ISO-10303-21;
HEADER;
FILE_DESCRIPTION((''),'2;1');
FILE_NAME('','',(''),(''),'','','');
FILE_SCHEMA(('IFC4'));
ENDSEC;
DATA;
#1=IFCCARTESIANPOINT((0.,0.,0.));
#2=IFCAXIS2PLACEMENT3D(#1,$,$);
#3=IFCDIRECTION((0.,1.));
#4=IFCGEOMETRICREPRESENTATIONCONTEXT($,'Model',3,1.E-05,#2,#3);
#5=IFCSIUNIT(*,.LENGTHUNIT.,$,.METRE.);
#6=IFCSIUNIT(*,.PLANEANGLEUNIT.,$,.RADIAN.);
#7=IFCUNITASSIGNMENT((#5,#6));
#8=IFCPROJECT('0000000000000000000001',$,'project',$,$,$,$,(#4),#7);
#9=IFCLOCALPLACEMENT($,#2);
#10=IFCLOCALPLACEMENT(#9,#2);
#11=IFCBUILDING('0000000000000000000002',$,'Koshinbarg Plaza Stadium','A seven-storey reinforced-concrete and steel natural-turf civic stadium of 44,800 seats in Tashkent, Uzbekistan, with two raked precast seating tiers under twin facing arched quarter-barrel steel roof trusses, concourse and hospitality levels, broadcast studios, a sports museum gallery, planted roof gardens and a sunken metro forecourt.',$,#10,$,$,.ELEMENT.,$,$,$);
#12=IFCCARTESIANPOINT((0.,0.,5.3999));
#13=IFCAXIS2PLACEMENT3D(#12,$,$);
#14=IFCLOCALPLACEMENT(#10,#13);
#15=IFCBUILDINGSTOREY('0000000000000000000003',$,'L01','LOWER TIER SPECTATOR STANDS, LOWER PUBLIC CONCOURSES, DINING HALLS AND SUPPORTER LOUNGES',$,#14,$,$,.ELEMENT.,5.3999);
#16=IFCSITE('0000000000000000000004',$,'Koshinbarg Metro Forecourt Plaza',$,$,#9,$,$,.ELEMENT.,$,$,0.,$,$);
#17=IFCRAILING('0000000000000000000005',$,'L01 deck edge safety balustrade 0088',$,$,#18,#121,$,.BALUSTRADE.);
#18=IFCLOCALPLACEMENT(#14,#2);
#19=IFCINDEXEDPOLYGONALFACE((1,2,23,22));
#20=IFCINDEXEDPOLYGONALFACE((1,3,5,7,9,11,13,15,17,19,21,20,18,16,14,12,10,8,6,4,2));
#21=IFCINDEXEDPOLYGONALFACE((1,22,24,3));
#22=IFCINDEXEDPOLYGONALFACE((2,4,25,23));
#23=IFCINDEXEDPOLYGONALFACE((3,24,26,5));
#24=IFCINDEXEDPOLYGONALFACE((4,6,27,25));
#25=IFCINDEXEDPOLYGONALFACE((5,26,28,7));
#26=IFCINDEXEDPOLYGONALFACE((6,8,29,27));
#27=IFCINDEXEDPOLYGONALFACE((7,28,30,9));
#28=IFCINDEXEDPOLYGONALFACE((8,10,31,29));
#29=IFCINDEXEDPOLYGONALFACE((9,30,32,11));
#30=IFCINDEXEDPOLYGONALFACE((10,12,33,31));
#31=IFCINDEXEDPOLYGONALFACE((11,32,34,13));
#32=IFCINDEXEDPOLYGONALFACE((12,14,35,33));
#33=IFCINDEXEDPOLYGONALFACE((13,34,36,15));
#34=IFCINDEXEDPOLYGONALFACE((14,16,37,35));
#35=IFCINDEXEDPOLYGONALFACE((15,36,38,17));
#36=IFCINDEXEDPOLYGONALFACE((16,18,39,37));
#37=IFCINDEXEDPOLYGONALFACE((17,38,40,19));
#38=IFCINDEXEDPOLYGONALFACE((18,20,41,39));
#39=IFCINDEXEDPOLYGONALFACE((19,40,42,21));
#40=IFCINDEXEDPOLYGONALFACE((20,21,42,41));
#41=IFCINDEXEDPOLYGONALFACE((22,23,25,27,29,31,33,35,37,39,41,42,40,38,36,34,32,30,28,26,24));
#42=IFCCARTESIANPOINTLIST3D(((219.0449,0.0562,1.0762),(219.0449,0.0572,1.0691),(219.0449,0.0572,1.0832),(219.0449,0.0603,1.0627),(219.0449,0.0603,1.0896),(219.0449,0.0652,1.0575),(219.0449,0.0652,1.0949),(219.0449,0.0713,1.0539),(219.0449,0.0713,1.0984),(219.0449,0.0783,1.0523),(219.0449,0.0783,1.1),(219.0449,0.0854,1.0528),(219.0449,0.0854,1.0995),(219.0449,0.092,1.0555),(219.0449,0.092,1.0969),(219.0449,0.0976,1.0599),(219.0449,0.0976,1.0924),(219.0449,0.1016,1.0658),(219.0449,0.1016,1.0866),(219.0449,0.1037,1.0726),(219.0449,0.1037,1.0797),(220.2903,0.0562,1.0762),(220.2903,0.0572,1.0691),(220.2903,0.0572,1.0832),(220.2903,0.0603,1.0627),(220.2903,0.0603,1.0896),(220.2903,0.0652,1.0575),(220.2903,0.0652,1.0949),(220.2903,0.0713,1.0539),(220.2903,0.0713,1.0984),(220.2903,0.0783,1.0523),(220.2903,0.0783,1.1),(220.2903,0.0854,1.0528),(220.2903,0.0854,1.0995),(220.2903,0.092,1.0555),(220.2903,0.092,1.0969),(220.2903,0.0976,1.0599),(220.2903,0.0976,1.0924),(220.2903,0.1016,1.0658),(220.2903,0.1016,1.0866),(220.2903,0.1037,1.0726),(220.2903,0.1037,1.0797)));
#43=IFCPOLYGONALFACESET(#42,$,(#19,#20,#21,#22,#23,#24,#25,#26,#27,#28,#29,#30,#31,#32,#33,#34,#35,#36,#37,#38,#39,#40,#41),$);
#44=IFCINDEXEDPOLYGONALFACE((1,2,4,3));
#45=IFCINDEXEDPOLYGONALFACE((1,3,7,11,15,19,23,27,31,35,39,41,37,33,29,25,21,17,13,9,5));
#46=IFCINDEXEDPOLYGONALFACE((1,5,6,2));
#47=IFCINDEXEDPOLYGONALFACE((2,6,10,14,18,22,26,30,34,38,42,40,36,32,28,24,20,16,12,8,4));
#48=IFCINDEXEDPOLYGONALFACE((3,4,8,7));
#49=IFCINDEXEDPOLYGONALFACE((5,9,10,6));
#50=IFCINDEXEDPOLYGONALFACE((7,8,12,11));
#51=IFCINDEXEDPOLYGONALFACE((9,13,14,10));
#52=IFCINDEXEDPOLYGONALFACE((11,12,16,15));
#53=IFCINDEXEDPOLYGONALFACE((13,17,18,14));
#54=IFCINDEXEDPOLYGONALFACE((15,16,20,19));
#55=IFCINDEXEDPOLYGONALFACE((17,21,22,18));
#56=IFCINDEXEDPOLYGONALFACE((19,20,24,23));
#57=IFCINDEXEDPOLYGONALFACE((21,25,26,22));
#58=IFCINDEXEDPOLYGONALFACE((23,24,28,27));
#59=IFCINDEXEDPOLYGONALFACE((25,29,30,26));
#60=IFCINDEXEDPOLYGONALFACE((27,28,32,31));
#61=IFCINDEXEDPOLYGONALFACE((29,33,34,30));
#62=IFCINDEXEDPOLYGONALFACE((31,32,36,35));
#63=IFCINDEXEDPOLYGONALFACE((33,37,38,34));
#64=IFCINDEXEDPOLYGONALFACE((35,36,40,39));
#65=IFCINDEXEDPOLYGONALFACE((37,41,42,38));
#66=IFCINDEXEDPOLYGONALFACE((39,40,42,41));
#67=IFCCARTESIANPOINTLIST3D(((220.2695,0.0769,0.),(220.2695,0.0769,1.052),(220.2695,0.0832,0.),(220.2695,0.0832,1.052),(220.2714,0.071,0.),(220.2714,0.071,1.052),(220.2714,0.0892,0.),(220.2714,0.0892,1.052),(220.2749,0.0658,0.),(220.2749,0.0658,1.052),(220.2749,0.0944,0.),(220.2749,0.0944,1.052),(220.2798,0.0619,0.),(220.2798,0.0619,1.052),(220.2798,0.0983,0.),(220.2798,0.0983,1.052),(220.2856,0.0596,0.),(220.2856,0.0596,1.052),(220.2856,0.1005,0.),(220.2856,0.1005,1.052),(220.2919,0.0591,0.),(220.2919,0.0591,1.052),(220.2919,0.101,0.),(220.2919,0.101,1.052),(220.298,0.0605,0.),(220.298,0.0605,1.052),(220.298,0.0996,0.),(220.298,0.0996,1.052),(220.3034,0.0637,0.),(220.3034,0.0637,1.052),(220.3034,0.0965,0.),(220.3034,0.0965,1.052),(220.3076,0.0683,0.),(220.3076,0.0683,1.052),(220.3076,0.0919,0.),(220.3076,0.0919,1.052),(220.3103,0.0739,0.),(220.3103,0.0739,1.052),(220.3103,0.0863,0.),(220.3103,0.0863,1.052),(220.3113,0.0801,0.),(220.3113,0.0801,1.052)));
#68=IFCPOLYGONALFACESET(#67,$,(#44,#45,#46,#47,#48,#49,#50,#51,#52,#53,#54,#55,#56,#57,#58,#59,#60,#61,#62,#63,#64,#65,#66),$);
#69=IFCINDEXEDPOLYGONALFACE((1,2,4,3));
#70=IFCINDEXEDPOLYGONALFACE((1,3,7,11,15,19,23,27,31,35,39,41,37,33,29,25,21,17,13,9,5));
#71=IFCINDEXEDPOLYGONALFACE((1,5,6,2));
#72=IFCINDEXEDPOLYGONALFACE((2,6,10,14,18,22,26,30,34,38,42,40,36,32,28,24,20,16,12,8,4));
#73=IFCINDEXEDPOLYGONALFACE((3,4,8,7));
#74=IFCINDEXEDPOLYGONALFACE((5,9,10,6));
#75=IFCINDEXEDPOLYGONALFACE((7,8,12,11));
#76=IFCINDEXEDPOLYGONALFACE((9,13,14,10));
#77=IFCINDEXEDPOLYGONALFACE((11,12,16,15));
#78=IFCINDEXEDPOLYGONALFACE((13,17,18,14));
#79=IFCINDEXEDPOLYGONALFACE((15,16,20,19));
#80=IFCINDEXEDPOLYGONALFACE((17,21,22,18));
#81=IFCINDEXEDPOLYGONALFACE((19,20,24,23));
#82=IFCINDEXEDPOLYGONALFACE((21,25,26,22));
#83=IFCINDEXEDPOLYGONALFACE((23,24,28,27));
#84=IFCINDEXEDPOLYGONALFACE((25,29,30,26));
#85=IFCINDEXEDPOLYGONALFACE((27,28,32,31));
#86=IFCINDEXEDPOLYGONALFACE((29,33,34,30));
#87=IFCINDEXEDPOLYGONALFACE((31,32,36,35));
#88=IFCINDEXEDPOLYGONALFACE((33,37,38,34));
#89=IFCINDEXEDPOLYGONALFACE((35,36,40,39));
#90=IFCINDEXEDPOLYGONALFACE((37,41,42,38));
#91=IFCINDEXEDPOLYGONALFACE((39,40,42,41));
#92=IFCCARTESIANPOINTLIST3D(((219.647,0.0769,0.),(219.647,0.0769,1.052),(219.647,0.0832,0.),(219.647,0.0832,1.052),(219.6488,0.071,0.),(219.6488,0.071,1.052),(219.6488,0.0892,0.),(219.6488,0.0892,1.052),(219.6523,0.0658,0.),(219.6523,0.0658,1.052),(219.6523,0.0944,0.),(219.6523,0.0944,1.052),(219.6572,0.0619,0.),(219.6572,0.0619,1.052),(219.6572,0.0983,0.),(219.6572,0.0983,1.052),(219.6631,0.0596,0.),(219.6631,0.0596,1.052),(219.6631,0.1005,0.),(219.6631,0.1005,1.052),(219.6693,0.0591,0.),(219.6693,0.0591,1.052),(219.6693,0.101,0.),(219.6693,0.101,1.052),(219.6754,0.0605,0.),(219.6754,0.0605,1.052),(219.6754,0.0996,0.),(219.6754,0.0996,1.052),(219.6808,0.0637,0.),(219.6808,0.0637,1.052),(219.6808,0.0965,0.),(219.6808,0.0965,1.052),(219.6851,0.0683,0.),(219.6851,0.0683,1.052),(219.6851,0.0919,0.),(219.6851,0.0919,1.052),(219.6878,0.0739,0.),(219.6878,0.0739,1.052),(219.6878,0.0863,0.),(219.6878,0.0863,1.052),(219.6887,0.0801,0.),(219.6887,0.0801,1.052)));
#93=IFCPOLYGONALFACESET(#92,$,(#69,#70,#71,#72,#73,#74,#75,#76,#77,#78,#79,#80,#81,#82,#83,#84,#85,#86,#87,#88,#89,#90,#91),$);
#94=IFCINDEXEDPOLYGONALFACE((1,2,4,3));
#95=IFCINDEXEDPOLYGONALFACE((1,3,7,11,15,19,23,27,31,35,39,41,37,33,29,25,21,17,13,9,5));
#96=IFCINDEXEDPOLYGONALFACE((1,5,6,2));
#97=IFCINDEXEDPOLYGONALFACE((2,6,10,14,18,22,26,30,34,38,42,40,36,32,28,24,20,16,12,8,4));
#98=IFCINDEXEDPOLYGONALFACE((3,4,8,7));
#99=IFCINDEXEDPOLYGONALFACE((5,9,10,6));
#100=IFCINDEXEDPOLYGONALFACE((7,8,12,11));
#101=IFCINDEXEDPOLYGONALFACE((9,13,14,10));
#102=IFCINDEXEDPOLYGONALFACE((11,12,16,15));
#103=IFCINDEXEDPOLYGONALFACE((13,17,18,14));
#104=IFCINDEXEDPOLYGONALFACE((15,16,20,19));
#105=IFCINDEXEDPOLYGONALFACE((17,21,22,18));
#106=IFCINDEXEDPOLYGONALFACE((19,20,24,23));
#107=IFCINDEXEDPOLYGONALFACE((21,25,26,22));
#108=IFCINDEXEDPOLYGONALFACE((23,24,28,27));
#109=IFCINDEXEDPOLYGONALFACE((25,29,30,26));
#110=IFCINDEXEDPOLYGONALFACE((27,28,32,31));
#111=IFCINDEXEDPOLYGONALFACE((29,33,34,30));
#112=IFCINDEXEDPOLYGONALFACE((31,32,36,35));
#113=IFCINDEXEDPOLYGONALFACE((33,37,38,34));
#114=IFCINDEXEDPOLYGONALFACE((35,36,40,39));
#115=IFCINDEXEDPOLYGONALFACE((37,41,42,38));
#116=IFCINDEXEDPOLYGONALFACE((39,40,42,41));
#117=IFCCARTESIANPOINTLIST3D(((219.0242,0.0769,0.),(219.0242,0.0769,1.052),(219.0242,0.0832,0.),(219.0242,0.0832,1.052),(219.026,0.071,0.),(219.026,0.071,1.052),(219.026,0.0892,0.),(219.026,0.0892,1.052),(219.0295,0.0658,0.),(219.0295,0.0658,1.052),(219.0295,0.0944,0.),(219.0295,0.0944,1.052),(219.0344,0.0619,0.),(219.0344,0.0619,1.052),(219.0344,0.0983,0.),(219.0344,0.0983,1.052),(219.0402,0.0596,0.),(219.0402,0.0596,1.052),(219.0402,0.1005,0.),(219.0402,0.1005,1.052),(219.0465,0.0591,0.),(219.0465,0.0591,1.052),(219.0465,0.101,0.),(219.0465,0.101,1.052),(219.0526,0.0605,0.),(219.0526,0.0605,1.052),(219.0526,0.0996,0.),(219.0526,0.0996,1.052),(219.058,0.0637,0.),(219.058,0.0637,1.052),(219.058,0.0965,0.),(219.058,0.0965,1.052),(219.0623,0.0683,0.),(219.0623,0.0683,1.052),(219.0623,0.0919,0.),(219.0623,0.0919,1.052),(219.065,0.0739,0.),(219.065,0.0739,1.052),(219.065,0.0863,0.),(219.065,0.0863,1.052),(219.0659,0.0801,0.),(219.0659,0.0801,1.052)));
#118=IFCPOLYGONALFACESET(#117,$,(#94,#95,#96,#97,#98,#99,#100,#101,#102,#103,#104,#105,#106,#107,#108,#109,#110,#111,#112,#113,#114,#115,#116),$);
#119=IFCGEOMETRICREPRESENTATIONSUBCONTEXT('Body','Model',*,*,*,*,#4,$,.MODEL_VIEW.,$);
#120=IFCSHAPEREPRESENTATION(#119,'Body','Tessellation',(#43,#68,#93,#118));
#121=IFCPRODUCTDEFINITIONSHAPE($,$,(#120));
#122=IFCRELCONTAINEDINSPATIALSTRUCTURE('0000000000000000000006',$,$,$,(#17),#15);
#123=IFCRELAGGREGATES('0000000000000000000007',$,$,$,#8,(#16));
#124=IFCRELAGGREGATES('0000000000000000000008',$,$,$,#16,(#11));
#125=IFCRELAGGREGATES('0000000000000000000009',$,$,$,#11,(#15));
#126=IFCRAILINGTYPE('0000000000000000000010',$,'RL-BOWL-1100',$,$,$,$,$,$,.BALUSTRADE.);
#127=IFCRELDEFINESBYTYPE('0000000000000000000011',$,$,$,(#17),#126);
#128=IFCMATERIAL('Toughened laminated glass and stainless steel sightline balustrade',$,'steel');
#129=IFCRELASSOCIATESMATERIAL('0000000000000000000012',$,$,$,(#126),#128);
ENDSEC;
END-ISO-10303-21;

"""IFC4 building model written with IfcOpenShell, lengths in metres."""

from ifc_helpers import new_model, si_unit, direction, frame, origin, origin_2d, place, context, subcontext, project, spatial, circle, extrude, material, type_object, element, save


model = new_model("IFC4")

# Units and contexts
model_context = context("Model", 3, precision=1e-05, world=origin(), true_north=direction((0.0, 1.0)))
body_context = subcontext(model_context, "Body", "Model", "MODEL_VIEW")
ifc_project = project(units=[si_unit("LENGTHUNIT", "METRE"), si_unit("PLANEANGLEUNIT", "RADIAN")], contexts=[model_context])

# Site, building, storey
site_placement = place(None, origin())
site = spatial("IfcSite", under=ifc_project, at=site_placement, Name="Koshinbarg Metro Forecourt Plaza", CompositionType="ELEMENT", RefElevation=0.0)
building_placement = place(site_placement, origin())
building = spatial("IfcBuilding", under=site, at=building_placement, Name="Koshinbarg Plaza Stadium", Description="A seven-storey reinforced-concrete and steel natural-turf civic stadium of 44,800 seats in Tashkent, Uzbekistan, with two raked precast seating tiers under twin facing arched quarter-barrel steel roof trusses, concourse and hospitality levels, broadcast studios, a sports museum gallery, planted roof gardens and a sunken metro forecourt.", CompositionType="ELEMENT")
storey_placement = place(building_placement, frame((0.0, 0.0, 5.3999)))
storey = spatial("IfcBuildingStorey", under=building, at=storey_placement, Name="L01", Description="LOWER TIER SPECTATOR STANDS, LOWER PUBLIC CONCOURSES, DINING HALLS AND SUPPORTER LOUNGES", CompositionType="ELEMENT", Elevation=5.3999)

# Railing
ifc_material_1 = material(Name="Toughened laminated glass and stainless steel sightline balustrade", Category="steel")
railing_type = type_object("IfcRailingType", Name="RL-BOWL-1100", PredefinedType="BALUSTRADE", material=ifc_material_1)
railing_1_placement = place(storey_placement, frame((220.2903, 0.0801, 0.0)))
element("IfcRailing", 1, at=railing_1_placement, inside=storey, type_object=railing_type, Name="L01 deck edge safety balustrade 0088", PredefinedType="BALUSTRADE", context=body_context, shape_type="SweptSolid", body=[
    extrude(circle(Radius=0.0239, at=origin_2d()), frame((0.0, 0.0, 1.0762), z_axis=(-1.0, 0.0, 0.0), x_axis=(0.0, -1.0, 0.0)), (0.0, 0.0, 1.0), 1.2454),
    extrude(circle(Radius=0.021, at=origin_2d()), origin(), (0.0, 0.0, 1.0), 1.052),
    extrude(circle(Radius=0.021, at=origin_2d()), frame((-0.6226, 0.0, 0.0)), (0.0, 0.0, 1.0), 1.052),
    extrude(circle(Radius=0.021, at=origin_2d()), frame((-1.2454, 0.0, 0.0)), (0.0, 0.0, 1.0), 1.052),
])

save(model, "model.ifc")
